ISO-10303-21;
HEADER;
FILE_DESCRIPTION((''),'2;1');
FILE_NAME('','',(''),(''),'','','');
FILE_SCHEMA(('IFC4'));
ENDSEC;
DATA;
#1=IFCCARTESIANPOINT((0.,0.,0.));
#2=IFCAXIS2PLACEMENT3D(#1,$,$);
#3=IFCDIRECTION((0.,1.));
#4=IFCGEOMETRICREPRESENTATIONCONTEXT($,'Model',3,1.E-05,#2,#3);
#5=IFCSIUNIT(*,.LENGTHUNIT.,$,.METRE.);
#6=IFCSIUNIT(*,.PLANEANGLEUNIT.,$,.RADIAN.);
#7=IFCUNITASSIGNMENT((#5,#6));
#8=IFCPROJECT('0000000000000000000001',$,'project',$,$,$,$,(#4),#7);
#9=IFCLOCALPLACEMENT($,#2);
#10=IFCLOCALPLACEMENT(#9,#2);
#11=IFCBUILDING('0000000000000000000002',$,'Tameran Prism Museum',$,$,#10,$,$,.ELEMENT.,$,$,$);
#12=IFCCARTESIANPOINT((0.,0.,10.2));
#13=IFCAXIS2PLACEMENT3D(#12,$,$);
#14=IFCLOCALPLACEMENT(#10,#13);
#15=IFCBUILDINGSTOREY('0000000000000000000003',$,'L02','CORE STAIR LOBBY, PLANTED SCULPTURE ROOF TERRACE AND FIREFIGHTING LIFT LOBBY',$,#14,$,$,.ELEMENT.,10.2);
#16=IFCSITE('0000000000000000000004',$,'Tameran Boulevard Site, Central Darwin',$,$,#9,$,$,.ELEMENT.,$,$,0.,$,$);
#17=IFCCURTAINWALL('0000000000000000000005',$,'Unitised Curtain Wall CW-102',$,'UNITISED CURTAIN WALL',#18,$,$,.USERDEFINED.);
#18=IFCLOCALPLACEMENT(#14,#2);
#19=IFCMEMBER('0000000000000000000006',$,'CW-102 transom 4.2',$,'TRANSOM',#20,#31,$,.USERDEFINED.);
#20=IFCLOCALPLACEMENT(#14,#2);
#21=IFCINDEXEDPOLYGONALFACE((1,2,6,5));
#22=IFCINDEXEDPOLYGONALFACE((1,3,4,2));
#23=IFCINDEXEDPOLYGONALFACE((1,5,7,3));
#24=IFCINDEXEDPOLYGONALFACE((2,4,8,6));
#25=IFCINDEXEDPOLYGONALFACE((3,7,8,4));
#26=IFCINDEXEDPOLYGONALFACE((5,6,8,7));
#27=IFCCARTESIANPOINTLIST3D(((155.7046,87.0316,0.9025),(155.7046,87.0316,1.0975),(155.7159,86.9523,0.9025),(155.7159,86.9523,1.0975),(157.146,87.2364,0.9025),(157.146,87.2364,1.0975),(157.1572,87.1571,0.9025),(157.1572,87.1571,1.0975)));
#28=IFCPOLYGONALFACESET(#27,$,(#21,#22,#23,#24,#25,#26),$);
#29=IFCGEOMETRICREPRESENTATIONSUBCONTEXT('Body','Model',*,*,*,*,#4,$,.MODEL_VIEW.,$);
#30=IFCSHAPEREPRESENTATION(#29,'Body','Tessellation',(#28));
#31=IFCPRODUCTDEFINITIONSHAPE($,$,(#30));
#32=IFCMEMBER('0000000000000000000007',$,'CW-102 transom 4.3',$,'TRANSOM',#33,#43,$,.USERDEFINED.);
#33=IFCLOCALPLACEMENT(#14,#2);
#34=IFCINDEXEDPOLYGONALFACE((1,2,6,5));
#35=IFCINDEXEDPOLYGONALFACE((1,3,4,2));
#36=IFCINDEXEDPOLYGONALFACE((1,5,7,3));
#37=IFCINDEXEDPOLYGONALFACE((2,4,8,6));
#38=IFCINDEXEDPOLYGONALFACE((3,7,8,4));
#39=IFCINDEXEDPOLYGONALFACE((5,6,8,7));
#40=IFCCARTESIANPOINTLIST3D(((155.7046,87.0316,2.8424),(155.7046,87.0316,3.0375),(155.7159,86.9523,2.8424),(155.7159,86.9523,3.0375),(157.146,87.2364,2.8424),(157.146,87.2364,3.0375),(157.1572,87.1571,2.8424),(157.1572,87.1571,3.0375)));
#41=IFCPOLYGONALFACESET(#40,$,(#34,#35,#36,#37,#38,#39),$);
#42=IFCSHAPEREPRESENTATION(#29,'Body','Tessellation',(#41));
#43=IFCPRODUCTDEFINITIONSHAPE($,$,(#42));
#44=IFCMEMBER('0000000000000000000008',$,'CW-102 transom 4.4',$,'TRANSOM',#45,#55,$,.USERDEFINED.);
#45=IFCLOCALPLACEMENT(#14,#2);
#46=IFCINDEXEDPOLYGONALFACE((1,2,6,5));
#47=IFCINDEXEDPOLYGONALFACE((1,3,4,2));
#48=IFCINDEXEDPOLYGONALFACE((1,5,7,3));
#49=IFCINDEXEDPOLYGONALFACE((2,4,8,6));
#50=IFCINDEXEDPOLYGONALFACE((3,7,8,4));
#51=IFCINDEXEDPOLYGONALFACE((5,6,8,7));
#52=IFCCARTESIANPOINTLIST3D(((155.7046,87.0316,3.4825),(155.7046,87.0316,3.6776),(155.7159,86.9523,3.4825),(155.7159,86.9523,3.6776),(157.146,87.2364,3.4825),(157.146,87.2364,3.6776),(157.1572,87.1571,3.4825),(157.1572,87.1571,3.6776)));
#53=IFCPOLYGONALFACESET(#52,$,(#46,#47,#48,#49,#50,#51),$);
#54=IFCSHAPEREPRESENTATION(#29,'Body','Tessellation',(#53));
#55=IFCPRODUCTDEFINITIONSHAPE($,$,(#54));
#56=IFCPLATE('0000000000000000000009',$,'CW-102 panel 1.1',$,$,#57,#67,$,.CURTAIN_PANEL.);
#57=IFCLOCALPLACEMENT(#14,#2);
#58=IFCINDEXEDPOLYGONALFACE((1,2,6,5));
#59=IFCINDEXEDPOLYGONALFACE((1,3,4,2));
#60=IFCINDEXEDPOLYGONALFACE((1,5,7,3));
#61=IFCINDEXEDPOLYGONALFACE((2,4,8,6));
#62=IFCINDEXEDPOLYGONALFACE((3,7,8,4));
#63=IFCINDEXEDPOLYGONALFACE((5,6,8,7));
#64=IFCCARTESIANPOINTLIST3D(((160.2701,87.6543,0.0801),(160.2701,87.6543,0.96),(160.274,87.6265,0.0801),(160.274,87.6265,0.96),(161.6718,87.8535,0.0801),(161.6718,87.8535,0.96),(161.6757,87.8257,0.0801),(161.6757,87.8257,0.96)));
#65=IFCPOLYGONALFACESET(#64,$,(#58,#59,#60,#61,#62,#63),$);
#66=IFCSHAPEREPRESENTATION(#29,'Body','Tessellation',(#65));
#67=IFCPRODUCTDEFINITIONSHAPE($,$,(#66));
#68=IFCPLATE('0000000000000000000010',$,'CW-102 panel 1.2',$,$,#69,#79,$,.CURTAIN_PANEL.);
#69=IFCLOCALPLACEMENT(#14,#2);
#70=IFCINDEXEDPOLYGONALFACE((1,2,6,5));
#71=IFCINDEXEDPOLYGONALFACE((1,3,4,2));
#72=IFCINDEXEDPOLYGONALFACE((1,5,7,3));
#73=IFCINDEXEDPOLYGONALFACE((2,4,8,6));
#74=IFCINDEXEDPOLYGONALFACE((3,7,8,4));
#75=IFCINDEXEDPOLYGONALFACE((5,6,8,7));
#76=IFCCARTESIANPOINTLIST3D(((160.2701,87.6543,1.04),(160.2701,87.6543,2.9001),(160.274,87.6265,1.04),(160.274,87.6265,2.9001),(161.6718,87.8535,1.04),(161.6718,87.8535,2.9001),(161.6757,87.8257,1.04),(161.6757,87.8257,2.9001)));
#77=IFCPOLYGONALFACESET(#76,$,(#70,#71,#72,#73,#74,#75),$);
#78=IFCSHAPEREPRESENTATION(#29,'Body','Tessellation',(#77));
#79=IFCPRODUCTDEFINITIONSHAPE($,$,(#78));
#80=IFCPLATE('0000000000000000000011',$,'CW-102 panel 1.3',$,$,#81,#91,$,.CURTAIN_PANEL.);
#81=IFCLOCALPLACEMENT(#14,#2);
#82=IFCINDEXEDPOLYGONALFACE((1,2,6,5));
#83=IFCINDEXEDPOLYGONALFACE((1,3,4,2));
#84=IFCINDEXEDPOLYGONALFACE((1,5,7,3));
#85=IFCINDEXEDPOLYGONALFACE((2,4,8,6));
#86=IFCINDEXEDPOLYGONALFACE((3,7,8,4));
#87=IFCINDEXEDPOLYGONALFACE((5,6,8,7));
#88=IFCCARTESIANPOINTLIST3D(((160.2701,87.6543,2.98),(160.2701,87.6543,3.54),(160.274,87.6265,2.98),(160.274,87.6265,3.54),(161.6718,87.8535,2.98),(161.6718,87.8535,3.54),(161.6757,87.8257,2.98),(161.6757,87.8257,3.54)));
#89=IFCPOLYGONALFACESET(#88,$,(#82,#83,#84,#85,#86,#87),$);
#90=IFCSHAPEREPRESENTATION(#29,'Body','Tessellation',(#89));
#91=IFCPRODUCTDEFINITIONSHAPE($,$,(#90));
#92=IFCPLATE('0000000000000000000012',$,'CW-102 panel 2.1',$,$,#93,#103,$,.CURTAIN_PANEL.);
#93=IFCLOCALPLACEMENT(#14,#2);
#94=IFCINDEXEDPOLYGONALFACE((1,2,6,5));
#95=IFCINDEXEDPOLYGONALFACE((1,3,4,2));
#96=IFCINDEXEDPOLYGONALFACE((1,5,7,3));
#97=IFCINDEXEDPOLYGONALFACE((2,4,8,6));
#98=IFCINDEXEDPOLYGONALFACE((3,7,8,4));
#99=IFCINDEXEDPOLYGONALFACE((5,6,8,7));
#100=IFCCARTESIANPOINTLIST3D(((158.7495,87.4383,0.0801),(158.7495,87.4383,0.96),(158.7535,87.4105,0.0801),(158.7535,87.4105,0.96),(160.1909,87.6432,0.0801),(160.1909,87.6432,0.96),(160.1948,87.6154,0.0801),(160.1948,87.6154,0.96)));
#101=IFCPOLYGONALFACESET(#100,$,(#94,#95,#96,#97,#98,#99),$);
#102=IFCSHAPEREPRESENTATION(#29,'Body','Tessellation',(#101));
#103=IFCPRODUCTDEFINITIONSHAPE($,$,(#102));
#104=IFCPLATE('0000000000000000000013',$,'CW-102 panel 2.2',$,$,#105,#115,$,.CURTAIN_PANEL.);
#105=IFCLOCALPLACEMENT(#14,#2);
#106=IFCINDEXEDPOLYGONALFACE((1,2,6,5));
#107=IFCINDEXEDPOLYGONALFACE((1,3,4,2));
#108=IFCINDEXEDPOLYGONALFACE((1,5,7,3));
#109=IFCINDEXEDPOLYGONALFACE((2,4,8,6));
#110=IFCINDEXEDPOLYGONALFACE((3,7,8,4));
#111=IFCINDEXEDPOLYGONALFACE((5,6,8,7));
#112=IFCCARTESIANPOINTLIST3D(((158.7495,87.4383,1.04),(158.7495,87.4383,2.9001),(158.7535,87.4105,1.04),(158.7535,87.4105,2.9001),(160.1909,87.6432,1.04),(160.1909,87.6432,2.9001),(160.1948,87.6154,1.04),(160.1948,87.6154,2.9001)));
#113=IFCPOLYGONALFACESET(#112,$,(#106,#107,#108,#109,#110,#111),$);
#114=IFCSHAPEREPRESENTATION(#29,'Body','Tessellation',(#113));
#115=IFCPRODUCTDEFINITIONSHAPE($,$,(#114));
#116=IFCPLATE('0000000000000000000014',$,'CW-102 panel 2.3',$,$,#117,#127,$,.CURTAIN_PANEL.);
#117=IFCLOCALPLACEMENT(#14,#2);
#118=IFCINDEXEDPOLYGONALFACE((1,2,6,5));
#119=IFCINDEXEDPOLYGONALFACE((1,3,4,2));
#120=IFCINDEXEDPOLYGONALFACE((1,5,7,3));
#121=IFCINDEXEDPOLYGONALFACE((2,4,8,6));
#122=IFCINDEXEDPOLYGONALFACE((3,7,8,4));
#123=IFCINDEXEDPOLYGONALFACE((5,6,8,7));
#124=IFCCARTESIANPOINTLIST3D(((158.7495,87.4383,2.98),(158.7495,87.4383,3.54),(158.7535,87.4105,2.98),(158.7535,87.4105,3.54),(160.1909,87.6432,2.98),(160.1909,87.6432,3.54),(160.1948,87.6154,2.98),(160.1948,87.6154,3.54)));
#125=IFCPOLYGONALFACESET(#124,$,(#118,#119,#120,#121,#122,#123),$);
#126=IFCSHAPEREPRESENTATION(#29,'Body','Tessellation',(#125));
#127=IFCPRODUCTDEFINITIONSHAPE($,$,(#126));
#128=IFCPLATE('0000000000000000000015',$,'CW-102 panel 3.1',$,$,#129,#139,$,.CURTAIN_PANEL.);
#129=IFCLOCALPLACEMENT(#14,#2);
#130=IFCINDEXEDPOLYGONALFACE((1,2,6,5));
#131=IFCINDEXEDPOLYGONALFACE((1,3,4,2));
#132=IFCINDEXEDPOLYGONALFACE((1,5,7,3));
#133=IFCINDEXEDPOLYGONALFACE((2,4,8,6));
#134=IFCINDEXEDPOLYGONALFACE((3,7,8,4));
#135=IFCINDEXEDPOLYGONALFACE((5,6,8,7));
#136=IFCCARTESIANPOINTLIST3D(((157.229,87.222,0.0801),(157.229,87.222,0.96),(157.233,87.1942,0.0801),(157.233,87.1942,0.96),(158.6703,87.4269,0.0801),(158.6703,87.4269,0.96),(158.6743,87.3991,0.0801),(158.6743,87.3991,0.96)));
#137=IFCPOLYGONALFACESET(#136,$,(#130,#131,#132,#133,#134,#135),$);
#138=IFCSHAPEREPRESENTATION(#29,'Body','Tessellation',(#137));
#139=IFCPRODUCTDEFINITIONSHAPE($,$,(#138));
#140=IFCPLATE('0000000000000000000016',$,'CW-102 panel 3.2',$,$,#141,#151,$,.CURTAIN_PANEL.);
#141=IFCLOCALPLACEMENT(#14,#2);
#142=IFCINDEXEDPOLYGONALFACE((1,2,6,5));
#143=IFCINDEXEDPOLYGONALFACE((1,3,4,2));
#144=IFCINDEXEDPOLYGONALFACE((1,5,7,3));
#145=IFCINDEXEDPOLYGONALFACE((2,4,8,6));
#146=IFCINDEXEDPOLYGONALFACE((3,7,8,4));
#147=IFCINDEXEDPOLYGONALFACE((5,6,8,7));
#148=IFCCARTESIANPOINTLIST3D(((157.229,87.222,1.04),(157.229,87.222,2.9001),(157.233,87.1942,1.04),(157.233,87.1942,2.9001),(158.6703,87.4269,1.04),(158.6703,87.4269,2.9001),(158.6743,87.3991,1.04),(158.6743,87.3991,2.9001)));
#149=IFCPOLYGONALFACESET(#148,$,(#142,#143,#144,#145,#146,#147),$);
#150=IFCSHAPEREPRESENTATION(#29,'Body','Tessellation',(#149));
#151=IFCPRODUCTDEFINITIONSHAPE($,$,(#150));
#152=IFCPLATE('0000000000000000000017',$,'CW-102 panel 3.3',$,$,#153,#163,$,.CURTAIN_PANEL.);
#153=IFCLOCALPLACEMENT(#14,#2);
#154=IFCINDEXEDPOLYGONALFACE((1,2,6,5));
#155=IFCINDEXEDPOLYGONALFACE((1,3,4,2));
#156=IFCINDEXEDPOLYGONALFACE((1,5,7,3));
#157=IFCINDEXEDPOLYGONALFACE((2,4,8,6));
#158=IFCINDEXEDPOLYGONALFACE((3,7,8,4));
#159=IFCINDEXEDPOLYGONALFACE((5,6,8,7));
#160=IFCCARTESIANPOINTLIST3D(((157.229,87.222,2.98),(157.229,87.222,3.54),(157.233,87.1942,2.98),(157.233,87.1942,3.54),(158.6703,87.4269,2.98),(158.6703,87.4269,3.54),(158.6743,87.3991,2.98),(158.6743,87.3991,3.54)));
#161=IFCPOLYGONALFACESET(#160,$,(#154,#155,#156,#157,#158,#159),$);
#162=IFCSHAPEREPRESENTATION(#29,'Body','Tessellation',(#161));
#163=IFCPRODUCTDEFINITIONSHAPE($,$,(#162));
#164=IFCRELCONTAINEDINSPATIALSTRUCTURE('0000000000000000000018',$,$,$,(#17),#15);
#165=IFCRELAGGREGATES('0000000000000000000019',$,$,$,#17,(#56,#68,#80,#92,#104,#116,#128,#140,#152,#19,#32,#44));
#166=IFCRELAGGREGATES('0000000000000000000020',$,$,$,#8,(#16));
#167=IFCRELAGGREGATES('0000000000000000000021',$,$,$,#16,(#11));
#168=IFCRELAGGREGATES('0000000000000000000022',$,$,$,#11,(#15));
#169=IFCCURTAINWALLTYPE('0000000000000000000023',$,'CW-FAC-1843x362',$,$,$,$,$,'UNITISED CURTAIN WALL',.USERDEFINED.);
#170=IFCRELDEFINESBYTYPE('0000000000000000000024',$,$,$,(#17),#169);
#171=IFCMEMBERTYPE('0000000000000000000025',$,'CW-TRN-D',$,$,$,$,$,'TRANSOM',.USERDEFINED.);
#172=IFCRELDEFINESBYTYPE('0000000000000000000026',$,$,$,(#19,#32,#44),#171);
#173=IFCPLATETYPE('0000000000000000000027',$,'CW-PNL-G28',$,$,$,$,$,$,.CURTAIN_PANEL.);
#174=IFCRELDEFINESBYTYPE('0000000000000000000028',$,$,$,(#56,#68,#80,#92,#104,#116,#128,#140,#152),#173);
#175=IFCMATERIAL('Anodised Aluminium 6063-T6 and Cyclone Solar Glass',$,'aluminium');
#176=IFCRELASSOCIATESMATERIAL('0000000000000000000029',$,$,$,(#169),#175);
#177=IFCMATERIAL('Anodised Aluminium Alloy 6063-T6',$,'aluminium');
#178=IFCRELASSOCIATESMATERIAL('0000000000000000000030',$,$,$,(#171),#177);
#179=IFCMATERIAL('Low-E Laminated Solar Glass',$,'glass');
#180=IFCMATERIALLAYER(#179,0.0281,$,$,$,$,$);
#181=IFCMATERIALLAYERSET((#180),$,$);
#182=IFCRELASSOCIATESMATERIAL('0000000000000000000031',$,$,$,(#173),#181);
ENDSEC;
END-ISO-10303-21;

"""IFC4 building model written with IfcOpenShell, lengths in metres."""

from ifc_helpers import new_model, si_unit, direction, frame, origin, origin_2d, place, context, subcontext, project, spatial, rectangle, extrude, material, layer, layer_set, material_profile, profile_set, type_object, element, aggregate, save


model = new_model("IFC4")

# Units and contexts
model_context = context("Model", 3, precision=1e-05, world=origin(), true_north=direction((0.0, 1.0)))
body_context = subcontext(model_context, "Body", "Model", "MODEL_VIEW")
ifc_project = project(units=[si_unit("LENGTHUNIT", "METRE"), si_unit("PLANEANGLEUNIT", "RADIAN")], contexts=[model_context])

# Site, building, storey
site_placement = place(None, origin())
site = spatial("IfcSite", under=ifc_project, at=site_placement, Name="Tameran Boulevard Site, Central Darwin", CompositionType="ELEMENT", RefElevation=0.0)
building_placement = place(site_placement, origin())
building = spatial("IfcBuilding", under=site, at=building_placement, Name="Tameran Prism Museum", CompositionType="ELEMENT")
storey_placement = place(building_placement, frame((0.0, 0.0, 10.2)))
storey = spatial("IfcBuildingStorey", under=building, at=storey_placement, Name="L02", Description="CORE STAIR LOBBY, PLANTED SCULPTURE ROOF TERRACE AND FIREFIGHTING LIFT LOBBY", CompositionType="ELEMENT", Elevation=10.2)

# Curtain wall, members, plates
ifc_material_1 = material(Name="Anodised Aluminium 6063-T6 and Cyclone Solar Glass", Category="aluminium")
curtain_wall_type = type_object("IfcCurtainWallType", Name="CW-FAC-1843x362", ElementType="UNITISED CURTAIN WALL", PredefinedType="USERDEFINED", material=ifc_material_1)
curtain_wall_placement = place(storey_placement, origin())
curtain_wall = element("IfcCurtainWall", 1, at=curtain_wall_placement, inside=storey, type_object=curtain_wall_type, Name="Unitised Curtain Wall CW-102", ObjectType="UNITISED CURTAIN WALL", PredefinedType="USERDEFINED")
ifc_material_2 = material(Name="Anodised Aluminium Alloy 6063-T6", Category="aluminium")
ifc_material_profile_1 = material_profile(ifc_material_2, rectangle(XDim=0.0801, YDim=0.1951, at=origin_2d()))
ifc_profile_set_1 = profile_set([ifc_material_profile_1])
member_type_1 = type_object("IfcMemberType", Name="CW-TRN-D", ElementType="TRANSOM", PredefinedType="USERDEFINED", material=ifc_profile_set_1)
member_1_placement = place(storey_placement, frame((157.1516, 87.1968, 1.0), z_axis=(-0.990053, -0.140694, 0.0), x_axis=(0.140694, -0.990053, 0.0)))
member_1 = element("IfcMember", 2, at=member_1_placement, type_object=member_type_1, Name="CW-102 transom 4.2", ObjectType="TRANSOM", PredefinedType="USERDEFINED", context=body_context, shape_type="SweptSolid", body=[
    extrude(rectangle(XDim=0.0801, YDim=0.1951, at=origin_2d()), origin(), (0.0, 0.0, 1.0), 1.4558),
])
member_2_placement = place(storey_placement, frame((157.1516, 87.1968, 2.9399), z_axis=(-0.990053, -0.140694, 0.0), x_axis=(0.140694, -0.990053, 0.0)))
member_2 = element("IfcMember", 3, at=member_2_placement, type_object=member_type_1, Name="CW-102 transom 4.3", ObjectType="TRANSOM", PredefinedType="USERDEFINED", context=body_context, shape_type="SweptSolid", body=[
    extrude(rectangle(XDim=0.0801, YDim=0.1951, at=origin_2d()), origin(), (0.0, 0.0, 1.0), 1.4558),
])
member_3_placement = place(storey_placement, frame((157.1516, 87.1968, 3.5801), z_axis=(-0.990053, -0.140694, 0.0), x_axis=(0.140694, -0.990053, 0.0)))
member_3 = element("IfcMember", 4, at=member_3_placement, type_object=member_type_1, Name="CW-102 transom 4.4", ObjectType="TRANSOM", PredefinedType="USERDEFINED", context=body_context, shape_type="SweptSolid", body=[
    extrude(rectangle(XDim=0.0801, YDim=0.1951, at=origin_2d()), origin(), (0.0, 0.0, 1.0), 1.4558),
])
ifc_material_3 = material(Name="Low-E Laminated Solar Glass", Category="glass")
ifc_layer = layer(ifc_material_3, 0.0281)
ifc_layer_set = layer_set([ifc_layer])
plate_type = type_object("IfcPlateType", Name="CW-PNL-G28", PredefinedType="CURTAIN_PANEL", material=ifc_layer_set)
plate_1_placement = place(storey_placement, frame((160.9729, 87.74, 0.0801), z_axis=(0.0, 0.0, 1.0), x_axis=(-0.990046, -0.140745, 0.0)))
plate_1 = element("IfcPlate", 5, at=plate_1_placement, type_object=plate_type, Name="CW-102 panel 1.1", PredefinedType="CURTAIN_PANEL", context=body_context, shape_type="SweptSolid", body=[
    extrude(rectangle(XDim=1.4158, YDim=0.0281, at=origin_2d()), origin(), (0.0, 0.0, 1.0), 0.8799),
])
plate_2_placement = place(storey_placement, frame((160.9729, 87.74, 1.04), z_axis=(0.0, 0.0, 1.0), x_axis=(-0.990046, -0.140745, 0.0)))
plate_2 = element("IfcPlate", 6, at=plate_2_placement, type_object=plate_type, Name="CW-102 panel 1.2", PredefinedType="CURTAIN_PANEL", context=body_context, shape_type="SweptSolid", body=[
    extrude(rectangle(XDim=1.4158, YDim=0.0281, at=origin_2d()), origin(), (0.0, 0.0, 1.0), 1.8601),
])
plate_3_placement = place(storey_placement, frame((160.9729, 87.74, 2.98), z_axis=(0.0, 0.0, 1.0), x_axis=(-0.990046, -0.140745, 0.0)))
plate_3 = element("IfcPlate", 7, at=plate_3_placement, type_object=plate_type, Name="CW-102 panel 1.3", PredefinedType="CURTAIN_PANEL", context=body_context, shape_type="SweptSolid", body=[
    extrude(rectangle(XDim=1.4158, YDim=0.0281, at=origin_2d()), origin(), (0.0, 0.0, 1.0), 0.5601),
])
plate_4_placement = place(storey_placement, frame((159.4722, 87.5269, 0.0801), z_axis=(0.0, 0.0, 1.0), x_axis=(-0.990046, -0.140745, 0.0)))
plate_4 = element("IfcPlate", 8, at=plate_4_placement, type_object=plate_type, Name="CW-102 panel 2.1", PredefinedType="CURTAIN_PANEL", context=body_context, shape_type="SweptSolid", body=[
    extrude(rectangle(XDim=1.4558, YDim=0.0281, at=origin_2d()), origin(), (0.0, 0.0, 1.0), 0.8799),
])
plate_5_placement = place(storey_placement, frame((159.4722, 87.5269, 1.04), z_axis=(0.0, 0.0, 1.0), x_axis=(-0.990046, -0.140745, 0.0)))
plate_5 = element("IfcPlate", 9, at=plate_5_placement, type_object=plate_type, Name="CW-102 panel 2.2", PredefinedType="CURTAIN_PANEL", context=body_context, shape_type="SweptSolid", body=[
    extrude(rectangle(XDim=1.4558, YDim=0.0281, at=origin_2d()), origin(), (0.0, 0.0, 1.0), 1.8601),
])
plate_6_placement = place(storey_placement, frame((159.4722, 87.5269, 2.98), z_axis=(0.0, 0.0, 1.0), x_axis=(-0.990046, -0.140745, 0.0)))
plate_6 = element("IfcPlate", 10, at=plate_6_placement, type_object=plate_type, Name="CW-102 panel 2.3", PredefinedType="CURTAIN_PANEL", context=body_context, shape_type="SweptSolid", body=[
    extrude(rectangle(XDim=1.4558, YDim=0.0281, at=origin_2d()), origin(), (0.0, 0.0, 1.0), 0.5601),
])
plate_7_placement = place(storey_placement, frame((157.9517, 87.3105, 0.0801), z_axis=(0.0, 0.0, 1.0), x_axis=(-0.990046, -0.140745, 0.0)))
plate_7 = element("IfcPlate", 11, at=plate_7_placement, type_object=plate_type, Name="CW-102 panel 3.1", PredefinedType="CURTAIN_PANEL", context=body_context, shape_type="SweptSolid", body=[
    extrude(rectangle(XDim=1.4558, YDim=0.0281, at=origin_2d()), origin(), (0.0, 0.0, 1.0), 0.8799),
])
plate_8_placement = place(storey_placement, frame((157.9517, 87.3105, 1.04), z_axis=(0.0, 0.0, 1.0), x_axis=(-0.990046, -0.140745, 0.0)))
plate_8 = element("IfcPlate", 12, at=plate_8_placement, type_object=plate_type, Name="CW-102 panel 3.2", PredefinedType="CURTAIN_PANEL", context=body_context, shape_type="SweptSolid", body=[
    extrude(rectangle(XDim=1.4558, YDim=0.0281, at=origin_2d()), origin(), (0.0, 0.0, 1.0), 1.8601),
])
plate_9_placement = place(storey_placement, frame((157.9517, 87.3105, 2.98), z_axis=(0.0, 0.0, 1.0), x_axis=(-0.990046, -0.140745, 0.0)))
plate_9 = element("IfcPlate", 13, at=plate_9_placement, type_object=plate_type, Name="CW-102 panel 3.3", PredefinedType="CURTAIN_PANEL", context=body_context, shape_type="SweptSolid", body=[
    extrude(rectangle(XDim=1.4558, YDim=0.0281, at=origin_2d()), origin(), (0.0, 0.0, 1.0), 0.5601),
])
aggregate(curtain_wall, [plate_1, plate_2, plate_3, plate_4, plate_5, plate_6, plate_7, plate_8, plate_9, member_1, member_2, member_3])

save(model, "model.ifc")
